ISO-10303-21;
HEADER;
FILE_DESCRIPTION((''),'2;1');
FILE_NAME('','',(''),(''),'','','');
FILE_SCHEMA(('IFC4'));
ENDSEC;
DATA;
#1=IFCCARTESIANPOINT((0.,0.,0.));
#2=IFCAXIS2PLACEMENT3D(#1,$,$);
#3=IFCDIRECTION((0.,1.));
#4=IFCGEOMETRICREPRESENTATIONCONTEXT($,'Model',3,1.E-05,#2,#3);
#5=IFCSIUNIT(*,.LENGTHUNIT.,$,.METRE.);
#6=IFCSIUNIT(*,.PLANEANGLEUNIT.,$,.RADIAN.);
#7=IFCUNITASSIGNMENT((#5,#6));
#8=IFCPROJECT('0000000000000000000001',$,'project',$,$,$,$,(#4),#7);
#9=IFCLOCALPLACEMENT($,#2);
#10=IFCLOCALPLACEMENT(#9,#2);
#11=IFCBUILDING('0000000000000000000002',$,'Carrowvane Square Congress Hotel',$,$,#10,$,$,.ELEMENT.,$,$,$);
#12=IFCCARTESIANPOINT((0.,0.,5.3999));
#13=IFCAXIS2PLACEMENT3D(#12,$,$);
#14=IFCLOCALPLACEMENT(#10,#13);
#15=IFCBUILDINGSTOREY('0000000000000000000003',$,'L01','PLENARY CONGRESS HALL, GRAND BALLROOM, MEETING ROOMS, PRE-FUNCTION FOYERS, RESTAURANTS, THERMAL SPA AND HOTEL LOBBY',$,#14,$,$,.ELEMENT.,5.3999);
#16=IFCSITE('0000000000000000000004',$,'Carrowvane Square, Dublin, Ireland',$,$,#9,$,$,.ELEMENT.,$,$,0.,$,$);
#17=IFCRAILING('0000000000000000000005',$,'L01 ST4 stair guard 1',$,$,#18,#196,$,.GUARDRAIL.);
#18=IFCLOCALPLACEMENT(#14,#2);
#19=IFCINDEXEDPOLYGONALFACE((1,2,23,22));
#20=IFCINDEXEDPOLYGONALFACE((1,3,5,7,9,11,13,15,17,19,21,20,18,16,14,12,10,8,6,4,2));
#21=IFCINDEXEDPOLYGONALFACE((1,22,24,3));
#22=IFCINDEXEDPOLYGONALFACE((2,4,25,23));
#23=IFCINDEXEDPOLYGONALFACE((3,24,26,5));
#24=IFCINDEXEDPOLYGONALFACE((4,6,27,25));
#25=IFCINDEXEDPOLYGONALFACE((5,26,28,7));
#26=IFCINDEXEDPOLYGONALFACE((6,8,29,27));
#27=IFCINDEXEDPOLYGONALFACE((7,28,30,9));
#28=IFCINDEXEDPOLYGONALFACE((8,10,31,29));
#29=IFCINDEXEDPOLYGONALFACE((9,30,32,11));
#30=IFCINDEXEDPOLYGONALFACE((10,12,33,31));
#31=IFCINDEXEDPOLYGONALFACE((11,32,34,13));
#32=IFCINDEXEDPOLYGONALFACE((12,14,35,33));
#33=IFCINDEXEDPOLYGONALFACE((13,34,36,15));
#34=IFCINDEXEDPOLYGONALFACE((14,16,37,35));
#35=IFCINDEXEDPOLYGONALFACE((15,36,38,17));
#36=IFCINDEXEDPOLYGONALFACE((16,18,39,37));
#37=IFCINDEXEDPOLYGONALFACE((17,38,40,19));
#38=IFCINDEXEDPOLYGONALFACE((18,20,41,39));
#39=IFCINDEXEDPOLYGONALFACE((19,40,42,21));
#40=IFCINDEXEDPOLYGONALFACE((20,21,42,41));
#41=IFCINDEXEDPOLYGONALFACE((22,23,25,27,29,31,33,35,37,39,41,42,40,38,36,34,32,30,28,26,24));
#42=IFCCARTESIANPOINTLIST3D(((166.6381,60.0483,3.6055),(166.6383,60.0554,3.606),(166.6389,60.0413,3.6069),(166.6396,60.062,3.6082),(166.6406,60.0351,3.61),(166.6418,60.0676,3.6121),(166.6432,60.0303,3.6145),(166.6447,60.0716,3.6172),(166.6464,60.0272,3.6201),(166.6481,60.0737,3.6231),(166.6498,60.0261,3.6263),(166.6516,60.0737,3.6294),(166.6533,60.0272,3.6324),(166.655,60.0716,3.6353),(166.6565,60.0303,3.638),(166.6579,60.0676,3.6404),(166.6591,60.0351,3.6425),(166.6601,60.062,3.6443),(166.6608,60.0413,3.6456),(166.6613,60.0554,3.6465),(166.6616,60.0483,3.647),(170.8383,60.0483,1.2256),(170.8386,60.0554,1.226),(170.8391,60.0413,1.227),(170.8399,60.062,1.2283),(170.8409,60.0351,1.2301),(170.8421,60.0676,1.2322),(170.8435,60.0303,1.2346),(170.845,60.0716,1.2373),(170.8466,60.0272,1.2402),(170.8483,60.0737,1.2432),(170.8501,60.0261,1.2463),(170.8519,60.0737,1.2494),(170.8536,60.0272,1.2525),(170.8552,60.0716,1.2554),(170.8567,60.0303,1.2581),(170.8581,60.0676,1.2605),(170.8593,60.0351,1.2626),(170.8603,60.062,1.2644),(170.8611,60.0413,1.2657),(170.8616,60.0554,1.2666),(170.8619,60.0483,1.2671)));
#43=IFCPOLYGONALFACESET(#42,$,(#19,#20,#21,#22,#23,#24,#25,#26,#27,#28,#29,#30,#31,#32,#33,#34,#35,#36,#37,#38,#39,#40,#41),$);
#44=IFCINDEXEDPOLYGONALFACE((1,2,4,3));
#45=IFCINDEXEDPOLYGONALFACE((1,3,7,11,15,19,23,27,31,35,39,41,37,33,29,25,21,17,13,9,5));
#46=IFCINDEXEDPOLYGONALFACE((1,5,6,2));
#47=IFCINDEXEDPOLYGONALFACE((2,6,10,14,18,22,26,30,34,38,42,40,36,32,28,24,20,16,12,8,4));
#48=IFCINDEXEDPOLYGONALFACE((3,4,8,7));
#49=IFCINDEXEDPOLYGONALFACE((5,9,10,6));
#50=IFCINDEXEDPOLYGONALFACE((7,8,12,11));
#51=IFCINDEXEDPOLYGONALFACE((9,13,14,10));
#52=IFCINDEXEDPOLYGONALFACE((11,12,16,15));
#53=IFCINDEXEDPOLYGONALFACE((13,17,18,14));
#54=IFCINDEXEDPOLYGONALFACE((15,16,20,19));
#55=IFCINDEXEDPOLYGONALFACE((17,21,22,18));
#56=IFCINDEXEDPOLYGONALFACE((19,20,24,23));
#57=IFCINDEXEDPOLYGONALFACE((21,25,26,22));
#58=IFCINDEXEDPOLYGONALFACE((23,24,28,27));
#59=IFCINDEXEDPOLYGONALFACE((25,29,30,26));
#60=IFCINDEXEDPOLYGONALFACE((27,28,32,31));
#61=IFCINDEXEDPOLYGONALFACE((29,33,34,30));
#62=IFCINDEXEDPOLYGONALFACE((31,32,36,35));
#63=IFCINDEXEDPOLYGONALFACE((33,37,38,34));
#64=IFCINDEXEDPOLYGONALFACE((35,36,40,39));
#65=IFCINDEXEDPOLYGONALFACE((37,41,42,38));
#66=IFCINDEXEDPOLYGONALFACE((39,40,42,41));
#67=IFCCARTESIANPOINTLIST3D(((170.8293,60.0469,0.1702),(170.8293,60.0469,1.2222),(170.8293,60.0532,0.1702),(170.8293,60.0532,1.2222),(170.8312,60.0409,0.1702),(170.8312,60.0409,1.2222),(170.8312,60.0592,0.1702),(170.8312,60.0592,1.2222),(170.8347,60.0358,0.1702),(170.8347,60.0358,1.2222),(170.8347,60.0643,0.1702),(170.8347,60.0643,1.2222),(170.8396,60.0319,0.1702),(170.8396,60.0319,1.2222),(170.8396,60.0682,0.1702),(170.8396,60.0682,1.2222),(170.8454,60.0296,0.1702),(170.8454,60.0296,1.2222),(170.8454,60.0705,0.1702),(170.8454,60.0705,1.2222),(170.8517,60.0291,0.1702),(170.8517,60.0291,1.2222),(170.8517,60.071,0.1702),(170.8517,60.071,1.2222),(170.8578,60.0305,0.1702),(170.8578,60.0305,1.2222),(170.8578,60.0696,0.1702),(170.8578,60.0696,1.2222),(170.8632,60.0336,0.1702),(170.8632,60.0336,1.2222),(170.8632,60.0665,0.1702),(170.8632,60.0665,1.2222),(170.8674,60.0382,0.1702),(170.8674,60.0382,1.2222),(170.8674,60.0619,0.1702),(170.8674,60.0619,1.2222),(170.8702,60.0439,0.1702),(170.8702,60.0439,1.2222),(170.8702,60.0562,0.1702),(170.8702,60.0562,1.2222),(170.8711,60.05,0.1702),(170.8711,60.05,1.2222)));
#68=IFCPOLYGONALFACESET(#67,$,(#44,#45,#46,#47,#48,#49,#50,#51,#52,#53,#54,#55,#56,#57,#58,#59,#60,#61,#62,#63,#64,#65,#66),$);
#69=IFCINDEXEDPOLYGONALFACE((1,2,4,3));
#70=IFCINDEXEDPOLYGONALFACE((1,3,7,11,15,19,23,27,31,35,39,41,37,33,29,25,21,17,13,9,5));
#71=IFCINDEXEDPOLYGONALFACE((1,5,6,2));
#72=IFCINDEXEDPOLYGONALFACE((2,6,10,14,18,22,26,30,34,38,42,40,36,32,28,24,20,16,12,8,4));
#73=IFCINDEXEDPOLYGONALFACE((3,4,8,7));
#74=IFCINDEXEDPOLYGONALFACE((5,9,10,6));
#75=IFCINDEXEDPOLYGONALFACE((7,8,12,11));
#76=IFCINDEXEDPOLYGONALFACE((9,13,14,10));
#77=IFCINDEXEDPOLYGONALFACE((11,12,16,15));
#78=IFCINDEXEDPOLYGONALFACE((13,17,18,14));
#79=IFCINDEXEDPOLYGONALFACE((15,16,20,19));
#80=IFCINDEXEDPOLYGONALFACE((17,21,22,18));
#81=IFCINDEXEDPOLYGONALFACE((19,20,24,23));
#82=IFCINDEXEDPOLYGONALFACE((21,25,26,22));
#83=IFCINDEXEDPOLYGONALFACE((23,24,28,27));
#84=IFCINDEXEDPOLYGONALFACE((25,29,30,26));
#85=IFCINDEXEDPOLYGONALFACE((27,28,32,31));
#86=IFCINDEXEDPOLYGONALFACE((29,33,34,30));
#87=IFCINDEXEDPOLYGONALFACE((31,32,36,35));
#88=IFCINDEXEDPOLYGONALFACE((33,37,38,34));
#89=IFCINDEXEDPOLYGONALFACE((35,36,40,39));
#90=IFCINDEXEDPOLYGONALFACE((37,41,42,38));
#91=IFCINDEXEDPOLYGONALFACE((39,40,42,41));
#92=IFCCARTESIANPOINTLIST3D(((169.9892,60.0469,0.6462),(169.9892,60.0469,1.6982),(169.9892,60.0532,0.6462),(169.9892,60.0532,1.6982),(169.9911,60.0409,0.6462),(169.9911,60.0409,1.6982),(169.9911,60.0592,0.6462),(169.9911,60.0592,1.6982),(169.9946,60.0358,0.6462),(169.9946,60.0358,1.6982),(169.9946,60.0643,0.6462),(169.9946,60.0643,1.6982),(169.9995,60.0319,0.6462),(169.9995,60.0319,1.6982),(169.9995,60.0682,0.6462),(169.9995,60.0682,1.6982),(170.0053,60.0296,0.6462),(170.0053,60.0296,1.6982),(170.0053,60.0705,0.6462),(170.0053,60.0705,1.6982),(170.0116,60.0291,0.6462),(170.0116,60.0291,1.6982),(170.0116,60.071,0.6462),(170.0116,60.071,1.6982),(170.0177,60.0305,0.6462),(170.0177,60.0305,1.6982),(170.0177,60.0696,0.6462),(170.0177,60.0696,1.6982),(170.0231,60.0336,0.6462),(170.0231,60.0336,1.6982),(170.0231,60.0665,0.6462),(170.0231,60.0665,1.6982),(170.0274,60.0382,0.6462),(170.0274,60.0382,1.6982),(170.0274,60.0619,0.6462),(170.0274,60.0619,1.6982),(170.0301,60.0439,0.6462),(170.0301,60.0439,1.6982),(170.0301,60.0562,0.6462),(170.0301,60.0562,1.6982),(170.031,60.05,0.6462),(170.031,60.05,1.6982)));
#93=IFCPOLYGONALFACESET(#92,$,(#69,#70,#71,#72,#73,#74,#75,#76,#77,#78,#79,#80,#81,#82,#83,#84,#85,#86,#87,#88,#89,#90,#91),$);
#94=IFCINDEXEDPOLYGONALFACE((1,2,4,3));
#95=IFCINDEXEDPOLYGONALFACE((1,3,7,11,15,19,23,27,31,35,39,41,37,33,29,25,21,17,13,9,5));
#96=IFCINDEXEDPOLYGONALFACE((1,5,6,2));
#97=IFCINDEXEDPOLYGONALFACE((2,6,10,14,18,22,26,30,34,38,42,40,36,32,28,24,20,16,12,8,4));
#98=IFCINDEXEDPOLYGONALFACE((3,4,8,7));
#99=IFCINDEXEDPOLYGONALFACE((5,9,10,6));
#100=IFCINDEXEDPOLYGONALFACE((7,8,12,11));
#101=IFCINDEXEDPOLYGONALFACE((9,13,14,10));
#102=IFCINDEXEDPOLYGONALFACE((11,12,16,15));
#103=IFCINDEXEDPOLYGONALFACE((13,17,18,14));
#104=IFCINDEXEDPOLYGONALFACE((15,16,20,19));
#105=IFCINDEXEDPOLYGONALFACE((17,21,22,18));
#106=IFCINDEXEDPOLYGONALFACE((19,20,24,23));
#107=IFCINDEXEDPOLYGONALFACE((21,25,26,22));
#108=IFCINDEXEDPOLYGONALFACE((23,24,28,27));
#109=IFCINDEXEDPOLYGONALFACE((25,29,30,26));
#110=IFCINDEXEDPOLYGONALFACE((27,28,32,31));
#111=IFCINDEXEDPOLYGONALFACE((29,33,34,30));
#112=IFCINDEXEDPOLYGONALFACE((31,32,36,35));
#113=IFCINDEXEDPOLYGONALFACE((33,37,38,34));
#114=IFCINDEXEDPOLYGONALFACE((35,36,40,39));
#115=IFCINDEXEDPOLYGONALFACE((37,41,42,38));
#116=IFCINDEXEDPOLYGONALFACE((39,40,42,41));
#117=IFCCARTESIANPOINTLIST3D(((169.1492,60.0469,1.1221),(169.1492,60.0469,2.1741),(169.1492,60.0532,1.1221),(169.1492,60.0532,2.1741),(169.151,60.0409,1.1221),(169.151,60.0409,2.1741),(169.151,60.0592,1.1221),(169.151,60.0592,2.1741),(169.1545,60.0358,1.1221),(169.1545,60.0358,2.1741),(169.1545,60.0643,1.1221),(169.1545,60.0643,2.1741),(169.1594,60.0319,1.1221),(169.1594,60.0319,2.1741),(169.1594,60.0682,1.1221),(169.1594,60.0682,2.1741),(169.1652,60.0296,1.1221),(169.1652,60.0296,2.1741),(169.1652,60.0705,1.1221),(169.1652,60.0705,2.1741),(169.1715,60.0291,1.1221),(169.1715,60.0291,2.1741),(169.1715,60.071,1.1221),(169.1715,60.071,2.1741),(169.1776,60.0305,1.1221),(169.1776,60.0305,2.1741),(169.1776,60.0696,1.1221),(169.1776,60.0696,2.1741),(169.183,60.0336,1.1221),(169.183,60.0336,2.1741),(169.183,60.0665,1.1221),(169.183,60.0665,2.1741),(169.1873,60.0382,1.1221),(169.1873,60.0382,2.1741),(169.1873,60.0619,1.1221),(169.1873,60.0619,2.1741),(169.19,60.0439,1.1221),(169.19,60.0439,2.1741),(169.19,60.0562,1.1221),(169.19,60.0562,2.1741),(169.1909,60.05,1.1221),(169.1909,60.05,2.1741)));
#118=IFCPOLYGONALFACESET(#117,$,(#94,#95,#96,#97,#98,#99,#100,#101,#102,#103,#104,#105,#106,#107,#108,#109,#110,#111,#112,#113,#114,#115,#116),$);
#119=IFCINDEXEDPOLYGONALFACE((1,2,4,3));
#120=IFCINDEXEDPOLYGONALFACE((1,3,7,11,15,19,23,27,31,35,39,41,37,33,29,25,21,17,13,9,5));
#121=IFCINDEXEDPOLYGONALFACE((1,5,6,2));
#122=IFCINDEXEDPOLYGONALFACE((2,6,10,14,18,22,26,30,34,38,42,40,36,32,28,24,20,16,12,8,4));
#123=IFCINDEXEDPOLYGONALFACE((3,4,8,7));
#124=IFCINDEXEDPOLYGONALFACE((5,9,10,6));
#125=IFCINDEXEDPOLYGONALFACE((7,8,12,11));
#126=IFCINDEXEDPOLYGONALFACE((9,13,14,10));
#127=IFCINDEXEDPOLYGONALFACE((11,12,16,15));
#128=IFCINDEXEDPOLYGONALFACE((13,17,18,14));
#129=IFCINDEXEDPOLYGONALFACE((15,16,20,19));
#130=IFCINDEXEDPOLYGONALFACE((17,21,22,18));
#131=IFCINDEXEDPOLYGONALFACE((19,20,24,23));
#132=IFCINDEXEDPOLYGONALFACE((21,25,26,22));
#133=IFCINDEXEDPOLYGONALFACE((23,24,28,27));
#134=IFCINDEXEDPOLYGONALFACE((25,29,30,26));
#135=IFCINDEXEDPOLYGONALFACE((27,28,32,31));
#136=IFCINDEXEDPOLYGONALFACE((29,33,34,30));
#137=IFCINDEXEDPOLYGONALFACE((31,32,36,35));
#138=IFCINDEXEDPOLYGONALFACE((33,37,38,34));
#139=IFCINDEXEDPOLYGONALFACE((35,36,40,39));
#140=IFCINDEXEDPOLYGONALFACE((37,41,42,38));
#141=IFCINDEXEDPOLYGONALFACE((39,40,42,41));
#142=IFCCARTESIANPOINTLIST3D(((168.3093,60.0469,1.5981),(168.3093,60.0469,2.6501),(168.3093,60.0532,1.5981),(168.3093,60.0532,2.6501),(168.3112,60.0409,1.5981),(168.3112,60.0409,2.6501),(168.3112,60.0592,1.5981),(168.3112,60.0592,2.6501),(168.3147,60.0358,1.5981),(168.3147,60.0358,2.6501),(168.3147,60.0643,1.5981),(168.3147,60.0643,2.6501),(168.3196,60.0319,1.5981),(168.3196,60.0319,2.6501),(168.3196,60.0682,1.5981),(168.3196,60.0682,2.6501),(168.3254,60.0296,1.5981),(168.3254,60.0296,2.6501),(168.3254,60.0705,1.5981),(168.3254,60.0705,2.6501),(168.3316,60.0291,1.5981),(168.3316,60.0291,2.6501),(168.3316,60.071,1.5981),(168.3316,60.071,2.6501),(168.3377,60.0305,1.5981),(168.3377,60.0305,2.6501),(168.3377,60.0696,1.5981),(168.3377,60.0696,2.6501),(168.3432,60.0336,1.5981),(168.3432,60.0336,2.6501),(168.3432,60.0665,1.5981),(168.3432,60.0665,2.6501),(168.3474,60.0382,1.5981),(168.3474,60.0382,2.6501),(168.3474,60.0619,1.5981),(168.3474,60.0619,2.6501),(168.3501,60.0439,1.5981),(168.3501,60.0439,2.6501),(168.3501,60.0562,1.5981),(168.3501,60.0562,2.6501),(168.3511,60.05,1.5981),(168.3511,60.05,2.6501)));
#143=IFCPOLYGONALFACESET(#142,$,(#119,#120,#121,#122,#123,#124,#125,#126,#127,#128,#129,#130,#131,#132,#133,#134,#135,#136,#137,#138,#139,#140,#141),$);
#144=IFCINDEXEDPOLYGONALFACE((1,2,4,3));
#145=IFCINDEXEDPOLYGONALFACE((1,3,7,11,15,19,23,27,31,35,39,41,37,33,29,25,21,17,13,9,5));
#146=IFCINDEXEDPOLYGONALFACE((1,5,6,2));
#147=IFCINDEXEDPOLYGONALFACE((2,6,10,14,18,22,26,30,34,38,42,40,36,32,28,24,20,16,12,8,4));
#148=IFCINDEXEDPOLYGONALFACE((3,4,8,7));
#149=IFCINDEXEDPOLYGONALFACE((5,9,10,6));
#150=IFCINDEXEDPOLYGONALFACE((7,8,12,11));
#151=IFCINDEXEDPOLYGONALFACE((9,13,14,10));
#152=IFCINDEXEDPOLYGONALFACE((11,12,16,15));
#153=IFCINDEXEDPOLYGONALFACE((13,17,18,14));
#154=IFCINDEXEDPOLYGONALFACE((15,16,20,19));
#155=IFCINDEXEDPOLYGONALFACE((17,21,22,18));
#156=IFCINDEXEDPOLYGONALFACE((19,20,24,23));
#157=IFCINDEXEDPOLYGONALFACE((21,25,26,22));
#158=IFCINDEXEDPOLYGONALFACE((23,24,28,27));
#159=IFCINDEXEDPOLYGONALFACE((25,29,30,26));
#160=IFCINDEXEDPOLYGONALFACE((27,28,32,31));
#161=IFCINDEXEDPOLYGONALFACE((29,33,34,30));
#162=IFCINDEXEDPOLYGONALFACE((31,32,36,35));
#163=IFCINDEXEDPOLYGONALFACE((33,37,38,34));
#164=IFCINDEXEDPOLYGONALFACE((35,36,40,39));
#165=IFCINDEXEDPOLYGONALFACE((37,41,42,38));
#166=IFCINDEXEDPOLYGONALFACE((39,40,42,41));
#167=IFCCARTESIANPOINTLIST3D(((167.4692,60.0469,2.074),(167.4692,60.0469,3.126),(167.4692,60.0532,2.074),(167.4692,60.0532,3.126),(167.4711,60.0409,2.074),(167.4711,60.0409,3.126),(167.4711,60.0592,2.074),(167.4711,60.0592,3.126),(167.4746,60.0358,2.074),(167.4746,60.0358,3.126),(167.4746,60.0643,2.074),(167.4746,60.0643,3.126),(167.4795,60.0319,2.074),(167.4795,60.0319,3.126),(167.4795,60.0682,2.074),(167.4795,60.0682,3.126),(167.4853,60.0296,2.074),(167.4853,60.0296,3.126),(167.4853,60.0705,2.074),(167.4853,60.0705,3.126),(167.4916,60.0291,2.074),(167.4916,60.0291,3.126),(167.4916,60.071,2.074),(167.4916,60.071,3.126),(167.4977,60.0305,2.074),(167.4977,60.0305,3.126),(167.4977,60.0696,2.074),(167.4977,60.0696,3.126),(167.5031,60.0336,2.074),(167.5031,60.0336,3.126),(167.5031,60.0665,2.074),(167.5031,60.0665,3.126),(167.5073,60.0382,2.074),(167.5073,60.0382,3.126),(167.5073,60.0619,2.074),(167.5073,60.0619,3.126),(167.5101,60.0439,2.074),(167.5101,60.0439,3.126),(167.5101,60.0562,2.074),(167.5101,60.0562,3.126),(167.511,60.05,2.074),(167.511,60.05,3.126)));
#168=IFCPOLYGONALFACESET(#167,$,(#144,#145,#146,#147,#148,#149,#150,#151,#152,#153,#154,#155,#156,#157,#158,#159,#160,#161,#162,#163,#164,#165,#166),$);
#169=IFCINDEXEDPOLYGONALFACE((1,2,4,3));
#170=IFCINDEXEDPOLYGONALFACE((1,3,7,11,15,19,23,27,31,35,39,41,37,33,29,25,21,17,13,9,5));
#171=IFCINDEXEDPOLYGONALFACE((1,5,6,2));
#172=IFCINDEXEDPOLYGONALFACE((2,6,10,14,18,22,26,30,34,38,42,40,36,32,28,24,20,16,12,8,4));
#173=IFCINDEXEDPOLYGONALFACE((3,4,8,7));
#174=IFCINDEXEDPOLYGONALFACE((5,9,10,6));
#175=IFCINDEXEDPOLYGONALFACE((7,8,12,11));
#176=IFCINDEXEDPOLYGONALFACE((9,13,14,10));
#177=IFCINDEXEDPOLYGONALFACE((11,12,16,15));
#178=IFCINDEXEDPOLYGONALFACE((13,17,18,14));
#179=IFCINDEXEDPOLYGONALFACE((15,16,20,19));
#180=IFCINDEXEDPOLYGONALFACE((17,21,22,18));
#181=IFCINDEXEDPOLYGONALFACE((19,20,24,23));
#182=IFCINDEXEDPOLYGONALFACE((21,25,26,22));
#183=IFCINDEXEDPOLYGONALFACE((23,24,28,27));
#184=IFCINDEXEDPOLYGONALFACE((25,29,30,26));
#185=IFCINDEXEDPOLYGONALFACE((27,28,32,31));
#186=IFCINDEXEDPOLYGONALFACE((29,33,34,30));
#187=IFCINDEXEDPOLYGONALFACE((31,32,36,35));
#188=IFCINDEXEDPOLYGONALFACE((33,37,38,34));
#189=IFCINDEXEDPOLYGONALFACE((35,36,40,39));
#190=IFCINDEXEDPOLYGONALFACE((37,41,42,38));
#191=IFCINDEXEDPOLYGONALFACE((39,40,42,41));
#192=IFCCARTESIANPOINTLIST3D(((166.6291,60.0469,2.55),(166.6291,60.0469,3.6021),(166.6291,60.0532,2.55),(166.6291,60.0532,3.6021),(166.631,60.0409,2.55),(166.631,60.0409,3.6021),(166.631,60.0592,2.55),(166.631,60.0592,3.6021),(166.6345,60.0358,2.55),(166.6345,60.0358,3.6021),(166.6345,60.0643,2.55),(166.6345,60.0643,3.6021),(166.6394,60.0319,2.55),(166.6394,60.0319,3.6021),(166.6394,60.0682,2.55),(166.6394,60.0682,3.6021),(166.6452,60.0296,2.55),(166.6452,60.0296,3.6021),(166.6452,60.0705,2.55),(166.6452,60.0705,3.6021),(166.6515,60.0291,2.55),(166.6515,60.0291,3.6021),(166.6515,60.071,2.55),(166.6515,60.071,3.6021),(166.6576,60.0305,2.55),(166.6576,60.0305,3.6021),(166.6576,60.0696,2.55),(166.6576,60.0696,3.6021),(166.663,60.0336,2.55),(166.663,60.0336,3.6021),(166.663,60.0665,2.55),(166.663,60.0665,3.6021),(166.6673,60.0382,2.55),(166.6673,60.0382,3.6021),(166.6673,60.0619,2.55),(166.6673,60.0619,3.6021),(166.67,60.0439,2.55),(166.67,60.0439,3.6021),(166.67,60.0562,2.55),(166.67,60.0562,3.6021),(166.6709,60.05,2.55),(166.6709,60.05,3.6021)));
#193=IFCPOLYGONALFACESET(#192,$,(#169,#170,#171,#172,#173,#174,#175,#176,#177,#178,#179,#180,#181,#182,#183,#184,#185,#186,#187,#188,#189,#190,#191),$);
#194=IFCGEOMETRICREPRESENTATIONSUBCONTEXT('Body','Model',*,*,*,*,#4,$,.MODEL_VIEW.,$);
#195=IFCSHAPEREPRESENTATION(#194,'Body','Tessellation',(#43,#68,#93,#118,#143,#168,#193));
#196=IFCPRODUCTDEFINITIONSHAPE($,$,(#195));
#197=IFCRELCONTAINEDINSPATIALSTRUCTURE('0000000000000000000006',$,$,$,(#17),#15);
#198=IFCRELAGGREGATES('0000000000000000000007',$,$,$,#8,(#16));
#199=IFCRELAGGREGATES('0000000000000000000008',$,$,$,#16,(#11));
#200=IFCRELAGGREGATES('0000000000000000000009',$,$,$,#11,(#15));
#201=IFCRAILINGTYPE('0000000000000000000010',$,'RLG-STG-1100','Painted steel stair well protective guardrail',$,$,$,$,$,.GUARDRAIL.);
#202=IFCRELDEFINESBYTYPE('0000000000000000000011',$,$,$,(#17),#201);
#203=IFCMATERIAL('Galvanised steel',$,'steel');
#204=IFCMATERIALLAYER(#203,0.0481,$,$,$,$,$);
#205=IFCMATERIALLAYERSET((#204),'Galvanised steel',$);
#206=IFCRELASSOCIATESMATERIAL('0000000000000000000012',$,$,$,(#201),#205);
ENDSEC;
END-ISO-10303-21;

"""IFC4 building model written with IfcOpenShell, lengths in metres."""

from ifc_helpers import new_model, si_unit, direction, frame, origin, origin_2d, place, context, subcontext, project, spatial, circle, extrude, material, layer, layer_set, type_object, element, save


model = new_model("IFC4")

# Units and contexts
model_context = context("Model", 3, precision=1e-05, world=origin(), true_north=direction((0.0, 1.0)))
body_context = subcontext(model_context, "Body", "Model", "MODEL_VIEW")
ifc_project = project(units=[si_unit("LENGTHUNIT", "METRE"), si_unit("PLANEANGLEUNIT", "RADIAN")], contexts=[model_context])

# Site, building, storey
site_placement = place(None, origin())
site = spatial("IfcSite", under=ifc_project, at=site_placement, Name="Carrowvane Square, Dublin, Ireland", CompositionType="ELEMENT", RefElevation=0.0)
building_placement = place(site_placement, origin())
building = spatial("IfcBuilding", under=site, at=building_placement, Name="Carrowvane Square Congress Hotel", CompositionType="ELEMENT")
storey_placement = place(building_placement, frame((0.0, 0.0, 5.3999)))
storey = spatial("IfcBuildingStorey", under=building, at=storey_placement, Name="L01", Description="PLENARY CONGRESS HALL, GRAND BALLROOM, MEETING ROOMS, PRE-FUNCTION FOYERS, RESTAURANTS, THERMAL SPA AND HOTEL LOBBY", CompositionType="ELEMENT", Elevation=5.3999)

# Railing
ifc_material_1 = material(Name="Galvanised steel", Category="steel")
ifc_layer_1 = layer(ifc_material_1, 0.0481)
ifc_layer_set_1 = layer_set([ifc_layer_1], Name="Galvanised steel")
railing_type_1 = type_object("IfcRailingType", Name="RLG-STG-1100", Description="Painted steel stair well protective guardrail", PredefinedType="GUARDRAIL", material=ifc_layer_set_1)
railing_1_placement = place(storey_placement, frame((170.8501, 60.05, 0.1702)))
element("IfcRailing", 1, at=railing_1_placement, inside=storey, type_object=railing_type_1, Name="L01 ST4 stair guard 1", PredefinedType="GUARDRAIL", context=body_context, shape_type="SweptSolid", body=[
    extrude(circle(Radius=0.0239, at=origin_2d()), frame((0.0, 0.0, 1.0762), z_axis=(-0.870042, 0.0, 0.492977), x_axis=(0.0, -1.0, 0.0)), (0.0, 0.0, 1.0), 4.8276),
    extrude(circle(Radius=0.021, at=origin_2d()), origin(), (0.0, 0.0, 1.0), 1.052),
    extrude(circle(Radius=0.021, at=origin_2d()), frame((-0.8401, 0.0, 0.4761)), (0.0, 0.0, 1.0), 1.052),
    extrude(circle(Radius=0.021, at=origin_2d()), frame((-1.6802, 0.0, 0.9519)), (0.0, 0.0, 1.0), 1.052),
    extrude(circle(Radius=0.021, at=origin_2d()), frame((-2.52, 0.0, 1.428)), (0.0, 0.0, 1.0), 1.052),
    extrude(circle(Radius=0.021, at=origin_2d()), frame((-3.3601, 0.0, 1.9038)), (0.0, 0.0, 1.0), 1.052),
    extrude(circle(Radius=0.021, at=origin_2d()), frame((-4.2002, 0.0, 2.3799)), (0.0, 0.0, 1.0), 1.052),
])

save(model, "model.ifc")
